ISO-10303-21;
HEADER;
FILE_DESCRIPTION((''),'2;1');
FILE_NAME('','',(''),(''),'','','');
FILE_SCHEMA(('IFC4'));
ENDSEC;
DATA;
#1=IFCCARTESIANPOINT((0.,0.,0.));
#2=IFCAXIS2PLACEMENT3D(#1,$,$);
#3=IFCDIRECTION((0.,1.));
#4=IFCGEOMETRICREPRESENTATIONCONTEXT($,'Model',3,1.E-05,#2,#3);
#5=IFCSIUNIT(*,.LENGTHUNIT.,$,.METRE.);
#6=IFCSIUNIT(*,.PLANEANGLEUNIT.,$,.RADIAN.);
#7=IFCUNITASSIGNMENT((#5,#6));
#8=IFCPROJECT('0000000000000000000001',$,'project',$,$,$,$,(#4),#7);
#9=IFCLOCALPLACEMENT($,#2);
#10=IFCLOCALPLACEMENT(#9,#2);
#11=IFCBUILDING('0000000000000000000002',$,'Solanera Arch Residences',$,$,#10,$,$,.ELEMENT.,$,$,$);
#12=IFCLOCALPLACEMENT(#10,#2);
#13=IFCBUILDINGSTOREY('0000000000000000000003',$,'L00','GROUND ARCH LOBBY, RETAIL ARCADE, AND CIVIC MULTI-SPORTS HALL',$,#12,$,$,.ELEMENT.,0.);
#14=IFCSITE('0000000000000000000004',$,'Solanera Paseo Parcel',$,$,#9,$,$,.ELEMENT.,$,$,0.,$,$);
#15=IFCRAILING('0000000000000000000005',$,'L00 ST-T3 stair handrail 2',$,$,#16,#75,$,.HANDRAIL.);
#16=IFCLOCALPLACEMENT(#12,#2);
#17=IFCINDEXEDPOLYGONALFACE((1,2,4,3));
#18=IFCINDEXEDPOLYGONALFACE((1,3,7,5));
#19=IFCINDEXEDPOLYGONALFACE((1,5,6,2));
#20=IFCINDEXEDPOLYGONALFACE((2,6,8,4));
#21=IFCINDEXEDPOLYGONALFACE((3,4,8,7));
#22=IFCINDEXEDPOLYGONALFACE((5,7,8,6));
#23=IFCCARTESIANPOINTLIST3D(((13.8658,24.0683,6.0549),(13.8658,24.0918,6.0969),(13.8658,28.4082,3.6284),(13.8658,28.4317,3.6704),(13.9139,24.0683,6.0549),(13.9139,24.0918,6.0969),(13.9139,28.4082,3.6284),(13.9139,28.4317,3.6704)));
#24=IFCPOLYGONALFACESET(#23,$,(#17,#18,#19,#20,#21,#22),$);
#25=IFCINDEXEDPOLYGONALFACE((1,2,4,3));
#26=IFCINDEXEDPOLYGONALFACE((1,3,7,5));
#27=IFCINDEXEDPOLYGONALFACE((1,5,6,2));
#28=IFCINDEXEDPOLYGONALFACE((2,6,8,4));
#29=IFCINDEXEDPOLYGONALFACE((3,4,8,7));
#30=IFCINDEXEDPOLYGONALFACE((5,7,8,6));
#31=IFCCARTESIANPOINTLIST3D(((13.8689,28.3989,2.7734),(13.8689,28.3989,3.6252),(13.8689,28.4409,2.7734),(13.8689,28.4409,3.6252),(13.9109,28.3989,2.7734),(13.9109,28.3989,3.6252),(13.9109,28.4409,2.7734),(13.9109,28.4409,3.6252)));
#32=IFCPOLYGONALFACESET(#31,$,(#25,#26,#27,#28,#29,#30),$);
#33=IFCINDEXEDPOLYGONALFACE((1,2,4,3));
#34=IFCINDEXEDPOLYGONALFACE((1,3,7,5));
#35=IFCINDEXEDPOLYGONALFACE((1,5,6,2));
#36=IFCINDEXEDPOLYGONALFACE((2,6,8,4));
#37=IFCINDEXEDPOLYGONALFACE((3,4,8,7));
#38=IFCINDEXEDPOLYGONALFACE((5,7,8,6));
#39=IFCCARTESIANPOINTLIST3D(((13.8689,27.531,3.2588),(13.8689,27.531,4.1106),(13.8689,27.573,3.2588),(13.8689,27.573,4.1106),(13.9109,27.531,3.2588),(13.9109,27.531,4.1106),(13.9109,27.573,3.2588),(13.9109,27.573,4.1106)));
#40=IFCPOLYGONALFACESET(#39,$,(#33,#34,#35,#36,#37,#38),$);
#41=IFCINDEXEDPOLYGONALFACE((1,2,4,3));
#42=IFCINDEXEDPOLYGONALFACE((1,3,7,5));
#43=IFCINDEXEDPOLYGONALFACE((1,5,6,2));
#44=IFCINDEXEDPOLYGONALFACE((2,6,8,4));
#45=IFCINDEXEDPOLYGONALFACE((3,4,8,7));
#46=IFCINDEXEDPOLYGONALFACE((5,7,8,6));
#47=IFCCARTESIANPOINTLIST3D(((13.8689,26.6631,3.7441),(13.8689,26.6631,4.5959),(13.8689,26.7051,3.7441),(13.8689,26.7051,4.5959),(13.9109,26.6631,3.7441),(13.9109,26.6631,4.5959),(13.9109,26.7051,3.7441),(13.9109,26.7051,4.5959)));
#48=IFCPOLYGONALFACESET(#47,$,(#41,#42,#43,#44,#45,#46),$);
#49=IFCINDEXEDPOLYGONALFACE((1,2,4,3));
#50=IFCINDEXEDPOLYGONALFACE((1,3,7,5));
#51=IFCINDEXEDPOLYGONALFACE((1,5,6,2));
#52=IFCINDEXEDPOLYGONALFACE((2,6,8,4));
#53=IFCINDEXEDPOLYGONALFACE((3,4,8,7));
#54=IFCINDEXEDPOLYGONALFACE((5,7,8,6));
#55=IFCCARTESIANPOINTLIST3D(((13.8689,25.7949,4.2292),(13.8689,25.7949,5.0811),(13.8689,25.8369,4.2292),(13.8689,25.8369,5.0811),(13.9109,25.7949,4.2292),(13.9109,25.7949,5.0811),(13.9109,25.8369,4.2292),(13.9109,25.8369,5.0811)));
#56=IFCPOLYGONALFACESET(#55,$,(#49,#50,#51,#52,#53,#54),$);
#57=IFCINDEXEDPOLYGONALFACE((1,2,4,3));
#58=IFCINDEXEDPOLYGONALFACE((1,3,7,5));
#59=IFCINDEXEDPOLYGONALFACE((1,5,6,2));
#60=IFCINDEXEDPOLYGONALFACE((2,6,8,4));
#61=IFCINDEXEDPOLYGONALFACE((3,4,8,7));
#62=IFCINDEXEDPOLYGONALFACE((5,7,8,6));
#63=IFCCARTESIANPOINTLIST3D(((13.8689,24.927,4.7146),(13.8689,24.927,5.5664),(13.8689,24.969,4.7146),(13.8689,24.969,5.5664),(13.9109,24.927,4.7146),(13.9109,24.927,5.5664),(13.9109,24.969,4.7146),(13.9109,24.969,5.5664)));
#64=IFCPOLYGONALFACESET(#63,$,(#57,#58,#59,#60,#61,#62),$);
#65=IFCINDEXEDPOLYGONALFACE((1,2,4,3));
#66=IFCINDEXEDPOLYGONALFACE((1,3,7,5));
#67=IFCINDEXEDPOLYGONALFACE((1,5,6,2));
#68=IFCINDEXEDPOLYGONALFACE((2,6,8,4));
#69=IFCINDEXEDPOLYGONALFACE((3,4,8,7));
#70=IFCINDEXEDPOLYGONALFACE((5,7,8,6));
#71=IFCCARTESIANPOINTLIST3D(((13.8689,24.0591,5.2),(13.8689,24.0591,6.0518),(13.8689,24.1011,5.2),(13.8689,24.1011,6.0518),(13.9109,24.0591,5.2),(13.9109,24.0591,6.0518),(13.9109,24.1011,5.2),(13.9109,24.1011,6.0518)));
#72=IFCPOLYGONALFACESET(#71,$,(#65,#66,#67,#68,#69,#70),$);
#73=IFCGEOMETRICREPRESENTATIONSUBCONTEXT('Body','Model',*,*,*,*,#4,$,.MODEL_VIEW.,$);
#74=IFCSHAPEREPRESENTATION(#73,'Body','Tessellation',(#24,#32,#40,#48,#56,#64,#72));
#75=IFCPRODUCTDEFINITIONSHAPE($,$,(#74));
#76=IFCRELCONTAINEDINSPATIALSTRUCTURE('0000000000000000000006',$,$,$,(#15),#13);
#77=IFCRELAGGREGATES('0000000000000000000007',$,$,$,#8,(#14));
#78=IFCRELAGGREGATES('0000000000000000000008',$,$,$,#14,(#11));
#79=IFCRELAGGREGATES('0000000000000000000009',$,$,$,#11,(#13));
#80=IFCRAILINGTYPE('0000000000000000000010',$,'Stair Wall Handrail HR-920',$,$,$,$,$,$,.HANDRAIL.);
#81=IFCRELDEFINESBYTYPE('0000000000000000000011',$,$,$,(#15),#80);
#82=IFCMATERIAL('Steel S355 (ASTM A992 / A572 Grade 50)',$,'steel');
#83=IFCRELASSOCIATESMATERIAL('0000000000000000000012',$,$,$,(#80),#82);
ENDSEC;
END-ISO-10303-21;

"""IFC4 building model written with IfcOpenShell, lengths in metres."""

from ifc_helpers import new_model, si_unit, direction, frame, origin, origin_2d, place, context, subcontext, project, spatial, rectangle, extrude, material, type_object, element, save


model = new_model("IFC4")

# Units and contexts
model_context = context("Model", 3, precision=1e-05, world=origin(), true_north=direction((0.0, 1.0)))
body_context = subcontext(model_context, "Body", "Model", "MODEL_VIEW")
ifc_project = project(units=[si_unit("LENGTHUNIT", "METRE"), si_unit("PLANEANGLEUNIT", "RADIAN")], contexts=[model_context])

# Site, building, storey
site_placement = place(None, origin())
site = spatial("IfcSite", under=ifc_project, at=site_placement, Name="Solanera Paseo Parcel", CompositionType="ELEMENT", RefElevation=0.0)
building_placement = place(site_placement, origin())
building = spatial("IfcBuilding", under=site, at=building_placement, Name="Solanera Arch Residences", CompositionType="ELEMENT")
storey_placement = place(building_placement, origin())
storey = spatial("IfcBuildingStorey", under=building, at=storey_placement, Name="L00", Description="GROUND ARCH LOBBY, RETAIL ARCADE, AND CIVIC MULTI-SPORTS HALL", CompositionType="ELEMENT", Elevation=0.0)

# Railing
ifc_material_1 = material(Name="Steel S355 (ASTM A992 / A572 Grade 50)", Category="steel")
railing_type_1 = type_object("IfcRailingType", Name="Stair Wall Handrail HR-920", PredefinedType="HANDRAIL", material=ifc_material_1)
railing_1_placement = place(storey_placement, frame((13.8899, 28.4199, 2.7734)))
element("IfcRailing", 1, at=railing_1_placement, inside=storey, type_object=railing_type_1, Name="L00 ST-T3 stair handrail 2", PredefinedType="HANDRAIL", context=body_context, shape_type="SweptSolid", body=[
    extrude(rectangle(XDim=0.0481, YDim=0.0481, at=origin_2d()), frame((0.0, 0.0, 0.876), z_axis=(0.0, -0.872832, 0.488022), x_axis=(1.0, 0.0, 0.0)), (0.0, 0.0, 1.0), 4.9722),
    extrude(rectangle(XDim=0.042, YDim=0.042, at=origin_2d()), origin(), (0.0, 0.0, 1.0), 0.8518),
    extrude(rectangle(XDim=0.042, YDim=0.042, at=origin_2d()), frame((0.0, -0.8679, 0.4854)), (0.0, 0.0, 1.0), 0.8518),
    extrude(rectangle(XDim=0.042, YDim=0.042, at=origin_2d()), frame((0.0, -1.7358, 0.9707)), (0.0, 0.0, 1.0), 0.8518),
    extrude(rectangle(XDim=0.042, YDim=0.042, at=origin_2d()), frame((0.0, -2.604, 1.4558)), (0.0, 0.0, 1.0), 0.8518),
    extrude(rectangle(XDim=0.042, YDim=0.042, at=origin_2d()), frame((0.0, -3.4719, 1.9412)), (0.0, 0.0, 1.0), 0.8518),
    extrude(rectangle(XDim=0.042, YDim=0.042, at=origin_2d()), frame((0.0, -4.3398, 2.4265)), (0.0, 0.0, 1.0), 0.8518),
])

save(model, "model.ifc")
